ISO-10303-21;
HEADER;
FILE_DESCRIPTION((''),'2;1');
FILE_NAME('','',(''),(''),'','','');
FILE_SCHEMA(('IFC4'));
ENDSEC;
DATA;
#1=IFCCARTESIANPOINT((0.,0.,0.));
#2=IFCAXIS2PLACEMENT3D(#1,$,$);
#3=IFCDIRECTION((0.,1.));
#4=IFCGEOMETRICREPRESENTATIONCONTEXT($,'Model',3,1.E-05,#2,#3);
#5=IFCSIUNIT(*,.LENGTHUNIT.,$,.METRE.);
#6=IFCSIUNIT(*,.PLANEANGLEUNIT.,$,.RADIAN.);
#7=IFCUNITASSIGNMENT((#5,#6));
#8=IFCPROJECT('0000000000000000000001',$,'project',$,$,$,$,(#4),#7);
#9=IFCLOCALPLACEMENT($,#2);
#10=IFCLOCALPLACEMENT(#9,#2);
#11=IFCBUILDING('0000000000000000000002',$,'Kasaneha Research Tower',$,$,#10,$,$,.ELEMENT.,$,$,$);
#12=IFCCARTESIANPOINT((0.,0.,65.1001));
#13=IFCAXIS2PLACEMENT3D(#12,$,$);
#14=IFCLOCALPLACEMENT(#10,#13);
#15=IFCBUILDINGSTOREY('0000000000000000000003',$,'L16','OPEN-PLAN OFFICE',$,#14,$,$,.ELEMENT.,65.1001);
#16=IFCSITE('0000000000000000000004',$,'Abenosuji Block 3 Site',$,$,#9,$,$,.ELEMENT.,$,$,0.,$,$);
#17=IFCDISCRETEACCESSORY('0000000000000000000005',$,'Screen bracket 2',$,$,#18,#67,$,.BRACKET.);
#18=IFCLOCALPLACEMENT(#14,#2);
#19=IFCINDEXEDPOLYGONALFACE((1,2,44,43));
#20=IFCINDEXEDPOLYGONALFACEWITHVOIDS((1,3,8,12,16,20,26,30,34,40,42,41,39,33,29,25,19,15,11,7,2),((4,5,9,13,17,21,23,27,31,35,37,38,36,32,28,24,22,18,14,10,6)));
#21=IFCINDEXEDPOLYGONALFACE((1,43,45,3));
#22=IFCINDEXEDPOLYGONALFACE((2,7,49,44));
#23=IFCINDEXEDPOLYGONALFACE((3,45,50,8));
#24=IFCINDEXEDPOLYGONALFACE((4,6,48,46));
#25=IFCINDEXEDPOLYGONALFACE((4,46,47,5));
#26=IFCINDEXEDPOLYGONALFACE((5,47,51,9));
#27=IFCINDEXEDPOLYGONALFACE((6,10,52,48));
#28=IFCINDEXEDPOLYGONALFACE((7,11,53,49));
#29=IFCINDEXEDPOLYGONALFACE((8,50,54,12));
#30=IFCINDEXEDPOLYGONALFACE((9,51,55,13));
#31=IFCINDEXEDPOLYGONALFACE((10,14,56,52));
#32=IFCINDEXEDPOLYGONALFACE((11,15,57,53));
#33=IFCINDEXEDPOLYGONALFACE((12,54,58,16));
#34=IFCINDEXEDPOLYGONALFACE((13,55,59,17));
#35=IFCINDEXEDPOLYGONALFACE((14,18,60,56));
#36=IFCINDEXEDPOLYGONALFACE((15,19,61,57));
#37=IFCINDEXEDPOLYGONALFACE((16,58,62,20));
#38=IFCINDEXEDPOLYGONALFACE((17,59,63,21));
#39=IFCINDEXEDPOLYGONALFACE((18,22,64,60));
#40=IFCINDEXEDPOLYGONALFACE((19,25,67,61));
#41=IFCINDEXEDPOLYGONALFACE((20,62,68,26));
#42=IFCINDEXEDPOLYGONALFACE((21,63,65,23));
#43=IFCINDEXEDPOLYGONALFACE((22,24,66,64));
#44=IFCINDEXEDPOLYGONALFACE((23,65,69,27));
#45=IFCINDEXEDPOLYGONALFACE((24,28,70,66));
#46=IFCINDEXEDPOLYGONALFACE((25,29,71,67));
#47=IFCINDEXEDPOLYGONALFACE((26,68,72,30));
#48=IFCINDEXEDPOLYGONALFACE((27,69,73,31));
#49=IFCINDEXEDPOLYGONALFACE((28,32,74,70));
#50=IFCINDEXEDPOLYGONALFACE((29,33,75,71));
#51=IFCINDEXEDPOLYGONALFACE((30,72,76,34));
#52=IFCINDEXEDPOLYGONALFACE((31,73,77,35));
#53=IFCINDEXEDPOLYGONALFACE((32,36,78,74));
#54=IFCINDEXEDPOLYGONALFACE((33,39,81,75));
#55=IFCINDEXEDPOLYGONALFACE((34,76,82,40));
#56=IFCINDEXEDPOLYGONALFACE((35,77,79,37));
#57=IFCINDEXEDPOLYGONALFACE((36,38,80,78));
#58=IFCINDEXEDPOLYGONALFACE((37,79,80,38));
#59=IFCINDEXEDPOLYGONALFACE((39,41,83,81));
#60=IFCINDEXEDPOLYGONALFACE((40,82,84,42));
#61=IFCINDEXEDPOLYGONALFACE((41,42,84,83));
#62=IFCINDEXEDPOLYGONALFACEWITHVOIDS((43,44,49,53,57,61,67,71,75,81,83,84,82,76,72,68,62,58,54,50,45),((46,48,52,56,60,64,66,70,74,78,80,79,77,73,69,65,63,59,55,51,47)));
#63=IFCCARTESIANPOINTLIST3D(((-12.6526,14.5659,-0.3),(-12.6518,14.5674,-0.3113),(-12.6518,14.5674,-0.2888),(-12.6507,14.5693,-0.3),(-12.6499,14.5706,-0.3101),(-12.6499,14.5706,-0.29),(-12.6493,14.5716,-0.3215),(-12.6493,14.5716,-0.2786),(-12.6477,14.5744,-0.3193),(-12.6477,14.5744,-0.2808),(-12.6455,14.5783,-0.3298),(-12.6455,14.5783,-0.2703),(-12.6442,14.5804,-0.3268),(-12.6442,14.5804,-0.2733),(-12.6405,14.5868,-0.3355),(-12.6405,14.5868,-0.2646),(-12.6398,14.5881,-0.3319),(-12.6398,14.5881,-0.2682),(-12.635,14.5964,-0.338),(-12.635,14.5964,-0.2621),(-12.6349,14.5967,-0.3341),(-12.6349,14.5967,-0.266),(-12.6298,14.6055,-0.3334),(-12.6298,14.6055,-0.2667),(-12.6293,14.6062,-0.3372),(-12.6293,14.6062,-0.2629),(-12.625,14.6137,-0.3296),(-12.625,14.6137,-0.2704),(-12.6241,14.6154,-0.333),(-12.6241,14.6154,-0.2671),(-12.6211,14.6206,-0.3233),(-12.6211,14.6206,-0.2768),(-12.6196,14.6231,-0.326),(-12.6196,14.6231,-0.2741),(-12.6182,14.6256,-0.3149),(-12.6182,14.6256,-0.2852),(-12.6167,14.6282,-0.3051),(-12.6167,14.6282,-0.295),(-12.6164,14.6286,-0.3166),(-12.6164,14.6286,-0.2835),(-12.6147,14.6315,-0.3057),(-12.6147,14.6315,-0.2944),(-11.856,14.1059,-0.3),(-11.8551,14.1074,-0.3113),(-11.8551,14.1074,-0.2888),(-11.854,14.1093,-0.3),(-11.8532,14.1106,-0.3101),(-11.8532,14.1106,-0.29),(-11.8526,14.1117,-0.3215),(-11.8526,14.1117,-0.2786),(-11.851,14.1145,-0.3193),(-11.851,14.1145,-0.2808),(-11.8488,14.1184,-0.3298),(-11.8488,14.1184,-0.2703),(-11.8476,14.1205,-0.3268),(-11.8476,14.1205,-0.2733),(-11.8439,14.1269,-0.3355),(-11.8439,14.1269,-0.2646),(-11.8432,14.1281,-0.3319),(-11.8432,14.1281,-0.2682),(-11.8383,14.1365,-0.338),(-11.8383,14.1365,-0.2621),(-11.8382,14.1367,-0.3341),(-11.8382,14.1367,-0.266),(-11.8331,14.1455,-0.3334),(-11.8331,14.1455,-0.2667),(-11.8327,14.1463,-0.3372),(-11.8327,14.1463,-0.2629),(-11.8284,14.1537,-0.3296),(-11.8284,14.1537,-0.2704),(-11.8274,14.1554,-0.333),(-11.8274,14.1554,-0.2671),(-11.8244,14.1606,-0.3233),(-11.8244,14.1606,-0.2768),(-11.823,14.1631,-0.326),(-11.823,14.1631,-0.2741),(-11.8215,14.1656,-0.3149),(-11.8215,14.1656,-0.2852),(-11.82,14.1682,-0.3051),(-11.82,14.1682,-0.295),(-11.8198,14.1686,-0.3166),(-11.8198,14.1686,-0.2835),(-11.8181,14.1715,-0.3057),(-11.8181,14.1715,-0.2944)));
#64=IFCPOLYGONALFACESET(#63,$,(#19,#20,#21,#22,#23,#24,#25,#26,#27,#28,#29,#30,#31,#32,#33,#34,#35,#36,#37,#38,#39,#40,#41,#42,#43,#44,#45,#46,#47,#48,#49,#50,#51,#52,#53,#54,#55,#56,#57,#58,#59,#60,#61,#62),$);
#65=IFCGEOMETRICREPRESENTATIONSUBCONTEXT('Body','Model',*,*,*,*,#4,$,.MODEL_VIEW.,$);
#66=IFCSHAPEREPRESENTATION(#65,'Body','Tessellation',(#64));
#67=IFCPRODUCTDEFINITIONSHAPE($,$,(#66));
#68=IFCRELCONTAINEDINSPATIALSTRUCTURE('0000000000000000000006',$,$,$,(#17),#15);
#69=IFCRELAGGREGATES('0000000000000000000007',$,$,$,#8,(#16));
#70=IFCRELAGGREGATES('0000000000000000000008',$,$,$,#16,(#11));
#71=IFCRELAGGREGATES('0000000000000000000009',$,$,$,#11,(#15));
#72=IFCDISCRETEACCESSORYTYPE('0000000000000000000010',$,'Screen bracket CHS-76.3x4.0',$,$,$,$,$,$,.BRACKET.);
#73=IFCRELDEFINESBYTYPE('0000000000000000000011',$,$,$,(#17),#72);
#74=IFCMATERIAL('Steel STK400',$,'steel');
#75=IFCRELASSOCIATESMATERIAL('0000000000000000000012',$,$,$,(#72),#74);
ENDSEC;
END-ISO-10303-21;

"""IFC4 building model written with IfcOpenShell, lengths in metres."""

from ifc_helpers import new_model, si_unit, direction, frame, origin, origin_2d, place, context, subcontext, project, spatial, hollow_circle, extrude, material, material_profile, profile_set, type_object, element, save


model = new_model("IFC4")

# Units and contexts
model_context = context("Model", 3, precision=1e-05, world=origin(), true_north=direction((0.0, 1.0)))
body_context = subcontext(model_context, "Body", "Model", "MODEL_VIEW")
ifc_project = project(units=[si_unit("LENGTHUNIT", "METRE"), si_unit("PLANEANGLEUNIT", "RADIAN")], contexts=[model_context])

# Site, building, storey
site_placement = place(None, origin())
site = spatial("IfcSite", under=ifc_project, at=site_placement, Name="Abenosuji Block 3 Site", CompositionType="ELEMENT", RefElevation=0.0)
building_placement = place(site_placement, origin())
building = spatial("IfcBuilding", under=site, at=building_placement, Name="Kasaneha Research Tower", CompositionType="ELEMENT")
storey_placement = place(building_placement, frame((0.0, 0.0, 65.1001)))
storey = spatial("IfcBuildingStorey", under=building, at=storey_placement, Name="L16", Description="OPEN-PLAN OFFICE", CompositionType="ELEMENT", Elevation=65.1001)

# Discrete accessory
ifc_material_1 = material(Name="Steel STK400", Category="steel")
ifc_material_profile_1 = material_profile(ifc_material_1, hollow_circle(Radius=0.0381, WallThickness=0.0039, at=origin_2d()), Name="CHS-76.3x4.0")
ifc_profile_set_1 = profile_set([ifc_material_profile_1], Name="Steel STK400")
discrete_accessory_type = type_object("IfcDiscreteAccessoryType", Name="Screen bracket CHS-76.3x4.0", PredefinedType="BRACKET", material=ifc_profile_set_1)
discrete_accessory_1_placement = place(storey_placement, frame((-11.8369, 14.1389, -0.3), z_axis=(-0.866013, 0.500021, 0.0), x_axis=(-0.500021, -0.866013, 0.0)))
element("IfcDiscreteAccessory", 1, at=discrete_accessory_1_placement, inside=storey, type_object=discrete_accessory_type, Name="Screen bracket 2", PredefinedType="BRACKET", context=body_context, shape_type="SweptSolid", body=[
    extrude(hollow_circle(Radius=0.0381, WallThickness=0.0039, at=origin_2d()), origin(), (0.0, 0.0, 1.0), 0.9199),
])

save(model, "model.ifc")
